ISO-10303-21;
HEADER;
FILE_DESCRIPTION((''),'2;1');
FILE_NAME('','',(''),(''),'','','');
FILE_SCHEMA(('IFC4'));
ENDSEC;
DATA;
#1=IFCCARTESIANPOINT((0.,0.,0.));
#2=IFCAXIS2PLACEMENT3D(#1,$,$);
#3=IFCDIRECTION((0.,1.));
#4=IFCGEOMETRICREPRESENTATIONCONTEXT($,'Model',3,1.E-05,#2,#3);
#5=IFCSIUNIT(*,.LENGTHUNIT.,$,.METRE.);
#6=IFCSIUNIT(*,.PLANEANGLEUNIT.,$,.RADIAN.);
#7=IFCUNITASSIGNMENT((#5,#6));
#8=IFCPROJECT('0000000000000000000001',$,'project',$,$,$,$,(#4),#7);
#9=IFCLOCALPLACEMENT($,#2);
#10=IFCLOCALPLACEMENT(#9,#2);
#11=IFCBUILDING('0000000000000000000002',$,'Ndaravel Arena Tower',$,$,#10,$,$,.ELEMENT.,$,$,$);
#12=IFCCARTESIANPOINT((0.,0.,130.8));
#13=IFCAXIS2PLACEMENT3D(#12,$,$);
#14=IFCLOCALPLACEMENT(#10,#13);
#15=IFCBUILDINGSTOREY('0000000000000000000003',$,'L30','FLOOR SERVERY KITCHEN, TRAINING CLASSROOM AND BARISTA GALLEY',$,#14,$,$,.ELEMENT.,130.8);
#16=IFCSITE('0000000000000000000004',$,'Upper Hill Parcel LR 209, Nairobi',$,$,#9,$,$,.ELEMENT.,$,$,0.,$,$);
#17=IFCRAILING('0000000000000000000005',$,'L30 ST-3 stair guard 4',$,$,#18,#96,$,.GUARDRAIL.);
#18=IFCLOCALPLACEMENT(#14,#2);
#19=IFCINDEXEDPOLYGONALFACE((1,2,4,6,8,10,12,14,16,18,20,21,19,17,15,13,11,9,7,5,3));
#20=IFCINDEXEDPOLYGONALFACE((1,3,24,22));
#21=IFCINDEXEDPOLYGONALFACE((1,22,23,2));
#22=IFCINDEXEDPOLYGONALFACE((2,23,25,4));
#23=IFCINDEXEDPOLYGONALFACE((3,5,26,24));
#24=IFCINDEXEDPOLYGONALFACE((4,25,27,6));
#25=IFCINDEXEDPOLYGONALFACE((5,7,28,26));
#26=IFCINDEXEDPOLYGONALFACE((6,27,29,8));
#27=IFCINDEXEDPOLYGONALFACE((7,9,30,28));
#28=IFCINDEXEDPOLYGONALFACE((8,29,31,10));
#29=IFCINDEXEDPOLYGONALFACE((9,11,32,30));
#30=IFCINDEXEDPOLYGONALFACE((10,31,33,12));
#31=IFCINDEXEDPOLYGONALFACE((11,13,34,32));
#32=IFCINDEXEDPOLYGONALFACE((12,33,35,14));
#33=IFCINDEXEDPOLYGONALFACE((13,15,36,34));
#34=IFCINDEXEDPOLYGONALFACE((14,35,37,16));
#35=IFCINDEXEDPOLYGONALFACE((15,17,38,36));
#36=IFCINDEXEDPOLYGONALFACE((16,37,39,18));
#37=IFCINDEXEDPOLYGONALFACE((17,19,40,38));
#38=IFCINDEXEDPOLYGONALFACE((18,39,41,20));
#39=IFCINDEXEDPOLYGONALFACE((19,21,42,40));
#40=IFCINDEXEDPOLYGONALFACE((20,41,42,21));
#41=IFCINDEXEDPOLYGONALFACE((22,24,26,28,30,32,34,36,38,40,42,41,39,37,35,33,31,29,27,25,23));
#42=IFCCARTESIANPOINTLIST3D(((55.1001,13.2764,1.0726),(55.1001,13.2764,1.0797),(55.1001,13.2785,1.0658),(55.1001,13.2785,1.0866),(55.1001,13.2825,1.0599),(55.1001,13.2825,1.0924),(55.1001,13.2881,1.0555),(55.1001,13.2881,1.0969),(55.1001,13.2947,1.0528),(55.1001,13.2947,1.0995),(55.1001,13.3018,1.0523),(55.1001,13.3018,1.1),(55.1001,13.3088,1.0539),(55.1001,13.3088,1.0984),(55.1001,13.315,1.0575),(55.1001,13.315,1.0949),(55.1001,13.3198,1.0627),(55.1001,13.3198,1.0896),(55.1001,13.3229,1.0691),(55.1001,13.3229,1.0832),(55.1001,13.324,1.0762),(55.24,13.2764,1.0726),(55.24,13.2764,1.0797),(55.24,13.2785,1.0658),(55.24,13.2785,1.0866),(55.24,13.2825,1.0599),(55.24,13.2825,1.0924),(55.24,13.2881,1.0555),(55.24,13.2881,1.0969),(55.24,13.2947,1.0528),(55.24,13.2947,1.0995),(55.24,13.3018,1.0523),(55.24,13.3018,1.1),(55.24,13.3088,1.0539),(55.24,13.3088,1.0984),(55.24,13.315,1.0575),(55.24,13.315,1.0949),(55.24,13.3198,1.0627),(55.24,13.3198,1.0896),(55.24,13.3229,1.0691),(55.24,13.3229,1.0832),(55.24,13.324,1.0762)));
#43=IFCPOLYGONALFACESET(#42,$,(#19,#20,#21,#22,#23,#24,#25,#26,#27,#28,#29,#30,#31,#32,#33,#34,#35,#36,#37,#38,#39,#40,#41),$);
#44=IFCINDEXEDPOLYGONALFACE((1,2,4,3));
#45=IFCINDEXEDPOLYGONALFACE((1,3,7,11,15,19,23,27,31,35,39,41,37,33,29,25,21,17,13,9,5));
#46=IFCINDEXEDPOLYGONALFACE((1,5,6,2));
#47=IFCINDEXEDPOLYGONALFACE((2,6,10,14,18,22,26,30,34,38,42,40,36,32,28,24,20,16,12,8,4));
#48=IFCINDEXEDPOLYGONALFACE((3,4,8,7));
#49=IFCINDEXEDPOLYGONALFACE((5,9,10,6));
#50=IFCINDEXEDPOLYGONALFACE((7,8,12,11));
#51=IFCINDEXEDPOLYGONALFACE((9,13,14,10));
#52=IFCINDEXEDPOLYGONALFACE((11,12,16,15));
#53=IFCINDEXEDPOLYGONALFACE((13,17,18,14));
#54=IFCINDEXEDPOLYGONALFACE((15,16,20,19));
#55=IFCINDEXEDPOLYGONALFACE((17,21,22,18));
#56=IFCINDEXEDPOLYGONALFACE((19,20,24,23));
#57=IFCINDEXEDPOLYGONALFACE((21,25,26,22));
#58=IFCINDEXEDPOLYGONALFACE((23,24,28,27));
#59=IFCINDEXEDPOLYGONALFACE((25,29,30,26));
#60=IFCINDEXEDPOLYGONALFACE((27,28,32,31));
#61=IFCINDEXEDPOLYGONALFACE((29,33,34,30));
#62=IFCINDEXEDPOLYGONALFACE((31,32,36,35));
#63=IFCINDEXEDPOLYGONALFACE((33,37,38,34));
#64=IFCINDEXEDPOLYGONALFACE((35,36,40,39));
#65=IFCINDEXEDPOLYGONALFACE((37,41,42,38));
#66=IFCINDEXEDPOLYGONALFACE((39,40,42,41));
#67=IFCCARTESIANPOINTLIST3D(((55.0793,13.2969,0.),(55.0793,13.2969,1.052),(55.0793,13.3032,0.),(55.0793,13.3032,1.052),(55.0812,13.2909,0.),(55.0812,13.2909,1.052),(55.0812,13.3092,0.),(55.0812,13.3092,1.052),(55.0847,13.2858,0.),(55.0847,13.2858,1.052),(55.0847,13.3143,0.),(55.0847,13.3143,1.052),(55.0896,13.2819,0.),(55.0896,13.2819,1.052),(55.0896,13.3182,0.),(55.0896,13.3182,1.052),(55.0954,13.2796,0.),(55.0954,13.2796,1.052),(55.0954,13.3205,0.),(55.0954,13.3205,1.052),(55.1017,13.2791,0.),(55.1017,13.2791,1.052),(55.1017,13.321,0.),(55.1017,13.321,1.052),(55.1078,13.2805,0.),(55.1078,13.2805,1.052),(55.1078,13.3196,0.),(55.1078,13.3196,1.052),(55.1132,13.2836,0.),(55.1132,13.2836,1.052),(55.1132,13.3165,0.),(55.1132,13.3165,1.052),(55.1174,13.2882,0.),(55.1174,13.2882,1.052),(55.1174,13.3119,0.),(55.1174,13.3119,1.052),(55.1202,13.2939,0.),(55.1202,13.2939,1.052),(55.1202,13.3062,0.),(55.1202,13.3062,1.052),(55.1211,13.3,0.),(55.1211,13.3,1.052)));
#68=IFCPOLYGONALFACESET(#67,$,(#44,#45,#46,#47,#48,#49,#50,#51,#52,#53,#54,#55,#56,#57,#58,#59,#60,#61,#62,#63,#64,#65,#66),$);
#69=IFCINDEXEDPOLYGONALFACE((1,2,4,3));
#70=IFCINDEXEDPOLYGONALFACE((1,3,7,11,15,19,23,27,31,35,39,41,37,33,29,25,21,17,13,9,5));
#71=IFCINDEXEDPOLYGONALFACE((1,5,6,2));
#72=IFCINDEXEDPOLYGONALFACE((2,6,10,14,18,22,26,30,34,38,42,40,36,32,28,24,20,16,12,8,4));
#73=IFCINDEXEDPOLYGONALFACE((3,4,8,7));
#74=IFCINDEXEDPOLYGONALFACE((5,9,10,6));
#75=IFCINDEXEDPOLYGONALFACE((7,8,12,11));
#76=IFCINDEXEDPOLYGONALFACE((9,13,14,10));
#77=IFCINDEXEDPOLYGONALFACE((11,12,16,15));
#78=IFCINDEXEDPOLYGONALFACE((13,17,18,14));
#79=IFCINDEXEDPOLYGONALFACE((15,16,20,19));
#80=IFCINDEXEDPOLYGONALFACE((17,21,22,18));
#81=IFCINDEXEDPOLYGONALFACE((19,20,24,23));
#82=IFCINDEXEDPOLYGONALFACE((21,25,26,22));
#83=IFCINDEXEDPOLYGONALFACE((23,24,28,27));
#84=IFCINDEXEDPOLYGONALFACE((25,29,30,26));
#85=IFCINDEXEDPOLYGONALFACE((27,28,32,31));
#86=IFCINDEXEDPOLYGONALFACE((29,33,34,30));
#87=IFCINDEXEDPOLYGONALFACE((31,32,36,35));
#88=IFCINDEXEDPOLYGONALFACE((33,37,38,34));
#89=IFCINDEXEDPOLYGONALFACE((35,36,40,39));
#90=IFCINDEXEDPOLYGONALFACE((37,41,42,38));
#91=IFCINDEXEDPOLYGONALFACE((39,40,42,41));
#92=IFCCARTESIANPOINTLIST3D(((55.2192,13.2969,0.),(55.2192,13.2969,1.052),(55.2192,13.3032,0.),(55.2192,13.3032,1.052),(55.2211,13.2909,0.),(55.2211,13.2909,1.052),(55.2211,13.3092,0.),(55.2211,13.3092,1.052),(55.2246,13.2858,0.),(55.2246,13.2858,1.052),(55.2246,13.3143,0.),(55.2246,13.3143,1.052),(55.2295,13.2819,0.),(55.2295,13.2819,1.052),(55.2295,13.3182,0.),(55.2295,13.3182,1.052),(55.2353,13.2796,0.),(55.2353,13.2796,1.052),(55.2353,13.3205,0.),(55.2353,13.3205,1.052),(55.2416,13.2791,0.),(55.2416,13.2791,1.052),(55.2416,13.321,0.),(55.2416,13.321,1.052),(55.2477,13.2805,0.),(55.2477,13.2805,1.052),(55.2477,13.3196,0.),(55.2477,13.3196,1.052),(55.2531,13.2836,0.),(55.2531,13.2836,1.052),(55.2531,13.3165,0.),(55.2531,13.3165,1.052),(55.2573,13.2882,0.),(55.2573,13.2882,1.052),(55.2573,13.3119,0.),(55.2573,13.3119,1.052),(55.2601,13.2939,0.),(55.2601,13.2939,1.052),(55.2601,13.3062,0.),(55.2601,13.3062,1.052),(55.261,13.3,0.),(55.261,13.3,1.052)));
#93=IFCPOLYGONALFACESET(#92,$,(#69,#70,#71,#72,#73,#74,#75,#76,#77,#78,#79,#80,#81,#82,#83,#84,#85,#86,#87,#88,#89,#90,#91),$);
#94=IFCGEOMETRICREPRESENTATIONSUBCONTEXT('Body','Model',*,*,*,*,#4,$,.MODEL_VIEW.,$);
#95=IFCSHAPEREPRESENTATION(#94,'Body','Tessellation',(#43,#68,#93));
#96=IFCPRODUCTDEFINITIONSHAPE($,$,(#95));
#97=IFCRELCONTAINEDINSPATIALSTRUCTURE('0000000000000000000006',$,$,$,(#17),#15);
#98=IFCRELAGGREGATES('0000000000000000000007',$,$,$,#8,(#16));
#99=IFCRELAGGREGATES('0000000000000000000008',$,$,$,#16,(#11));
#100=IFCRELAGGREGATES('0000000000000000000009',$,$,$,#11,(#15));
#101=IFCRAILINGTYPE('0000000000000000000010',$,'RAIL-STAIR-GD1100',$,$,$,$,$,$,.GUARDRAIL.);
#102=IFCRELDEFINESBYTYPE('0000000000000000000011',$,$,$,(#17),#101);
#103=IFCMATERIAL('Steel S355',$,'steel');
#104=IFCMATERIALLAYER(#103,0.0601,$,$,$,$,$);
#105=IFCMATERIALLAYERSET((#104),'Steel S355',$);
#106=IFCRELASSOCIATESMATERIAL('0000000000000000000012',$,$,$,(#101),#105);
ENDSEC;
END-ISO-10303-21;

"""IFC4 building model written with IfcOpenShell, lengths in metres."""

from ifc_helpers import new_model, si_unit, direction, frame, origin, origin_2d, place, context, subcontext, project, spatial, circle, extrude, material, layer, layer_set, type_object, element, save


model = new_model("IFC4")

# Units and contexts
model_context = context("Model", 3, precision=1e-05, world=origin(), true_north=direction((0.0, 1.0)))
body_context = subcontext(model_context, "Body", "Model", "MODEL_VIEW")
ifc_project = project(units=[si_unit("LENGTHUNIT", "METRE"), si_unit("PLANEANGLEUNIT", "RADIAN")], contexts=[model_context])

# Site, building, storey
site_placement = place(None, origin())
site = spatial("IfcSite", under=ifc_project, at=site_placement, Name="Upper Hill Parcel LR 209, Nairobi", CompositionType="ELEMENT", RefElevation=0.0)
building_placement = place(site_placement, origin())
building = spatial("IfcBuilding", under=site, at=building_placement, Name="Ndaravel Arena Tower", CompositionType="ELEMENT")
storey_placement = place(building_placement, frame((0.0, 0.0, 130.8)))
storey = spatial("IfcBuildingStorey", under=building, at=storey_placement, Name="L30", Description="FLOOR SERVERY KITCHEN, TRAINING CLASSROOM AND BARISTA GALLEY", CompositionType="ELEMENT", Elevation=130.8)

# Railing
ifc_material_1 = material(Name="Steel S355", Category="steel")
ifc_layer_1 = layer(ifc_material_1, 0.0601)
ifc_layer_set_1 = layer_set([ifc_layer_1], Name="Steel S355")
railing_type_1 = type_object("IfcRailingType", Name="RAIL-STAIR-GD1100", PredefinedType="GUARDRAIL", material=ifc_layer_set_1)
railing_1_placement = place(storey_placement, frame((55.1001, 13.3, 0.0)))
element("IfcRailing", 1, at=railing_1_placement, inside=storey, type_object=railing_type_1, Name="L30 ST-3 stair guard 4", PredefinedType="GUARDRAIL", context=body_context, shape_type="SweptSolid", body=[
    extrude(circle(Radius=0.0239, at=origin_2d()), frame((0.0, 0.0, 1.0762), z_axis=(1.0, 0.0, 0.0), x_axis=(0.0, 1.0, 0.0)), (0.0, 0.0, 1.0), 0.1399),
    extrude(circle(Radius=0.021, at=origin_2d()), origin(), (0.0, 0.0, 1.0), 1.052),
    extrude(circle(Radius=0.021, at=origin_2d()), frame((0.1399, 0.0, 0.0)), (0.0, 0.0, 1.0), 1.052),
])

save(model, "model.ifc")
